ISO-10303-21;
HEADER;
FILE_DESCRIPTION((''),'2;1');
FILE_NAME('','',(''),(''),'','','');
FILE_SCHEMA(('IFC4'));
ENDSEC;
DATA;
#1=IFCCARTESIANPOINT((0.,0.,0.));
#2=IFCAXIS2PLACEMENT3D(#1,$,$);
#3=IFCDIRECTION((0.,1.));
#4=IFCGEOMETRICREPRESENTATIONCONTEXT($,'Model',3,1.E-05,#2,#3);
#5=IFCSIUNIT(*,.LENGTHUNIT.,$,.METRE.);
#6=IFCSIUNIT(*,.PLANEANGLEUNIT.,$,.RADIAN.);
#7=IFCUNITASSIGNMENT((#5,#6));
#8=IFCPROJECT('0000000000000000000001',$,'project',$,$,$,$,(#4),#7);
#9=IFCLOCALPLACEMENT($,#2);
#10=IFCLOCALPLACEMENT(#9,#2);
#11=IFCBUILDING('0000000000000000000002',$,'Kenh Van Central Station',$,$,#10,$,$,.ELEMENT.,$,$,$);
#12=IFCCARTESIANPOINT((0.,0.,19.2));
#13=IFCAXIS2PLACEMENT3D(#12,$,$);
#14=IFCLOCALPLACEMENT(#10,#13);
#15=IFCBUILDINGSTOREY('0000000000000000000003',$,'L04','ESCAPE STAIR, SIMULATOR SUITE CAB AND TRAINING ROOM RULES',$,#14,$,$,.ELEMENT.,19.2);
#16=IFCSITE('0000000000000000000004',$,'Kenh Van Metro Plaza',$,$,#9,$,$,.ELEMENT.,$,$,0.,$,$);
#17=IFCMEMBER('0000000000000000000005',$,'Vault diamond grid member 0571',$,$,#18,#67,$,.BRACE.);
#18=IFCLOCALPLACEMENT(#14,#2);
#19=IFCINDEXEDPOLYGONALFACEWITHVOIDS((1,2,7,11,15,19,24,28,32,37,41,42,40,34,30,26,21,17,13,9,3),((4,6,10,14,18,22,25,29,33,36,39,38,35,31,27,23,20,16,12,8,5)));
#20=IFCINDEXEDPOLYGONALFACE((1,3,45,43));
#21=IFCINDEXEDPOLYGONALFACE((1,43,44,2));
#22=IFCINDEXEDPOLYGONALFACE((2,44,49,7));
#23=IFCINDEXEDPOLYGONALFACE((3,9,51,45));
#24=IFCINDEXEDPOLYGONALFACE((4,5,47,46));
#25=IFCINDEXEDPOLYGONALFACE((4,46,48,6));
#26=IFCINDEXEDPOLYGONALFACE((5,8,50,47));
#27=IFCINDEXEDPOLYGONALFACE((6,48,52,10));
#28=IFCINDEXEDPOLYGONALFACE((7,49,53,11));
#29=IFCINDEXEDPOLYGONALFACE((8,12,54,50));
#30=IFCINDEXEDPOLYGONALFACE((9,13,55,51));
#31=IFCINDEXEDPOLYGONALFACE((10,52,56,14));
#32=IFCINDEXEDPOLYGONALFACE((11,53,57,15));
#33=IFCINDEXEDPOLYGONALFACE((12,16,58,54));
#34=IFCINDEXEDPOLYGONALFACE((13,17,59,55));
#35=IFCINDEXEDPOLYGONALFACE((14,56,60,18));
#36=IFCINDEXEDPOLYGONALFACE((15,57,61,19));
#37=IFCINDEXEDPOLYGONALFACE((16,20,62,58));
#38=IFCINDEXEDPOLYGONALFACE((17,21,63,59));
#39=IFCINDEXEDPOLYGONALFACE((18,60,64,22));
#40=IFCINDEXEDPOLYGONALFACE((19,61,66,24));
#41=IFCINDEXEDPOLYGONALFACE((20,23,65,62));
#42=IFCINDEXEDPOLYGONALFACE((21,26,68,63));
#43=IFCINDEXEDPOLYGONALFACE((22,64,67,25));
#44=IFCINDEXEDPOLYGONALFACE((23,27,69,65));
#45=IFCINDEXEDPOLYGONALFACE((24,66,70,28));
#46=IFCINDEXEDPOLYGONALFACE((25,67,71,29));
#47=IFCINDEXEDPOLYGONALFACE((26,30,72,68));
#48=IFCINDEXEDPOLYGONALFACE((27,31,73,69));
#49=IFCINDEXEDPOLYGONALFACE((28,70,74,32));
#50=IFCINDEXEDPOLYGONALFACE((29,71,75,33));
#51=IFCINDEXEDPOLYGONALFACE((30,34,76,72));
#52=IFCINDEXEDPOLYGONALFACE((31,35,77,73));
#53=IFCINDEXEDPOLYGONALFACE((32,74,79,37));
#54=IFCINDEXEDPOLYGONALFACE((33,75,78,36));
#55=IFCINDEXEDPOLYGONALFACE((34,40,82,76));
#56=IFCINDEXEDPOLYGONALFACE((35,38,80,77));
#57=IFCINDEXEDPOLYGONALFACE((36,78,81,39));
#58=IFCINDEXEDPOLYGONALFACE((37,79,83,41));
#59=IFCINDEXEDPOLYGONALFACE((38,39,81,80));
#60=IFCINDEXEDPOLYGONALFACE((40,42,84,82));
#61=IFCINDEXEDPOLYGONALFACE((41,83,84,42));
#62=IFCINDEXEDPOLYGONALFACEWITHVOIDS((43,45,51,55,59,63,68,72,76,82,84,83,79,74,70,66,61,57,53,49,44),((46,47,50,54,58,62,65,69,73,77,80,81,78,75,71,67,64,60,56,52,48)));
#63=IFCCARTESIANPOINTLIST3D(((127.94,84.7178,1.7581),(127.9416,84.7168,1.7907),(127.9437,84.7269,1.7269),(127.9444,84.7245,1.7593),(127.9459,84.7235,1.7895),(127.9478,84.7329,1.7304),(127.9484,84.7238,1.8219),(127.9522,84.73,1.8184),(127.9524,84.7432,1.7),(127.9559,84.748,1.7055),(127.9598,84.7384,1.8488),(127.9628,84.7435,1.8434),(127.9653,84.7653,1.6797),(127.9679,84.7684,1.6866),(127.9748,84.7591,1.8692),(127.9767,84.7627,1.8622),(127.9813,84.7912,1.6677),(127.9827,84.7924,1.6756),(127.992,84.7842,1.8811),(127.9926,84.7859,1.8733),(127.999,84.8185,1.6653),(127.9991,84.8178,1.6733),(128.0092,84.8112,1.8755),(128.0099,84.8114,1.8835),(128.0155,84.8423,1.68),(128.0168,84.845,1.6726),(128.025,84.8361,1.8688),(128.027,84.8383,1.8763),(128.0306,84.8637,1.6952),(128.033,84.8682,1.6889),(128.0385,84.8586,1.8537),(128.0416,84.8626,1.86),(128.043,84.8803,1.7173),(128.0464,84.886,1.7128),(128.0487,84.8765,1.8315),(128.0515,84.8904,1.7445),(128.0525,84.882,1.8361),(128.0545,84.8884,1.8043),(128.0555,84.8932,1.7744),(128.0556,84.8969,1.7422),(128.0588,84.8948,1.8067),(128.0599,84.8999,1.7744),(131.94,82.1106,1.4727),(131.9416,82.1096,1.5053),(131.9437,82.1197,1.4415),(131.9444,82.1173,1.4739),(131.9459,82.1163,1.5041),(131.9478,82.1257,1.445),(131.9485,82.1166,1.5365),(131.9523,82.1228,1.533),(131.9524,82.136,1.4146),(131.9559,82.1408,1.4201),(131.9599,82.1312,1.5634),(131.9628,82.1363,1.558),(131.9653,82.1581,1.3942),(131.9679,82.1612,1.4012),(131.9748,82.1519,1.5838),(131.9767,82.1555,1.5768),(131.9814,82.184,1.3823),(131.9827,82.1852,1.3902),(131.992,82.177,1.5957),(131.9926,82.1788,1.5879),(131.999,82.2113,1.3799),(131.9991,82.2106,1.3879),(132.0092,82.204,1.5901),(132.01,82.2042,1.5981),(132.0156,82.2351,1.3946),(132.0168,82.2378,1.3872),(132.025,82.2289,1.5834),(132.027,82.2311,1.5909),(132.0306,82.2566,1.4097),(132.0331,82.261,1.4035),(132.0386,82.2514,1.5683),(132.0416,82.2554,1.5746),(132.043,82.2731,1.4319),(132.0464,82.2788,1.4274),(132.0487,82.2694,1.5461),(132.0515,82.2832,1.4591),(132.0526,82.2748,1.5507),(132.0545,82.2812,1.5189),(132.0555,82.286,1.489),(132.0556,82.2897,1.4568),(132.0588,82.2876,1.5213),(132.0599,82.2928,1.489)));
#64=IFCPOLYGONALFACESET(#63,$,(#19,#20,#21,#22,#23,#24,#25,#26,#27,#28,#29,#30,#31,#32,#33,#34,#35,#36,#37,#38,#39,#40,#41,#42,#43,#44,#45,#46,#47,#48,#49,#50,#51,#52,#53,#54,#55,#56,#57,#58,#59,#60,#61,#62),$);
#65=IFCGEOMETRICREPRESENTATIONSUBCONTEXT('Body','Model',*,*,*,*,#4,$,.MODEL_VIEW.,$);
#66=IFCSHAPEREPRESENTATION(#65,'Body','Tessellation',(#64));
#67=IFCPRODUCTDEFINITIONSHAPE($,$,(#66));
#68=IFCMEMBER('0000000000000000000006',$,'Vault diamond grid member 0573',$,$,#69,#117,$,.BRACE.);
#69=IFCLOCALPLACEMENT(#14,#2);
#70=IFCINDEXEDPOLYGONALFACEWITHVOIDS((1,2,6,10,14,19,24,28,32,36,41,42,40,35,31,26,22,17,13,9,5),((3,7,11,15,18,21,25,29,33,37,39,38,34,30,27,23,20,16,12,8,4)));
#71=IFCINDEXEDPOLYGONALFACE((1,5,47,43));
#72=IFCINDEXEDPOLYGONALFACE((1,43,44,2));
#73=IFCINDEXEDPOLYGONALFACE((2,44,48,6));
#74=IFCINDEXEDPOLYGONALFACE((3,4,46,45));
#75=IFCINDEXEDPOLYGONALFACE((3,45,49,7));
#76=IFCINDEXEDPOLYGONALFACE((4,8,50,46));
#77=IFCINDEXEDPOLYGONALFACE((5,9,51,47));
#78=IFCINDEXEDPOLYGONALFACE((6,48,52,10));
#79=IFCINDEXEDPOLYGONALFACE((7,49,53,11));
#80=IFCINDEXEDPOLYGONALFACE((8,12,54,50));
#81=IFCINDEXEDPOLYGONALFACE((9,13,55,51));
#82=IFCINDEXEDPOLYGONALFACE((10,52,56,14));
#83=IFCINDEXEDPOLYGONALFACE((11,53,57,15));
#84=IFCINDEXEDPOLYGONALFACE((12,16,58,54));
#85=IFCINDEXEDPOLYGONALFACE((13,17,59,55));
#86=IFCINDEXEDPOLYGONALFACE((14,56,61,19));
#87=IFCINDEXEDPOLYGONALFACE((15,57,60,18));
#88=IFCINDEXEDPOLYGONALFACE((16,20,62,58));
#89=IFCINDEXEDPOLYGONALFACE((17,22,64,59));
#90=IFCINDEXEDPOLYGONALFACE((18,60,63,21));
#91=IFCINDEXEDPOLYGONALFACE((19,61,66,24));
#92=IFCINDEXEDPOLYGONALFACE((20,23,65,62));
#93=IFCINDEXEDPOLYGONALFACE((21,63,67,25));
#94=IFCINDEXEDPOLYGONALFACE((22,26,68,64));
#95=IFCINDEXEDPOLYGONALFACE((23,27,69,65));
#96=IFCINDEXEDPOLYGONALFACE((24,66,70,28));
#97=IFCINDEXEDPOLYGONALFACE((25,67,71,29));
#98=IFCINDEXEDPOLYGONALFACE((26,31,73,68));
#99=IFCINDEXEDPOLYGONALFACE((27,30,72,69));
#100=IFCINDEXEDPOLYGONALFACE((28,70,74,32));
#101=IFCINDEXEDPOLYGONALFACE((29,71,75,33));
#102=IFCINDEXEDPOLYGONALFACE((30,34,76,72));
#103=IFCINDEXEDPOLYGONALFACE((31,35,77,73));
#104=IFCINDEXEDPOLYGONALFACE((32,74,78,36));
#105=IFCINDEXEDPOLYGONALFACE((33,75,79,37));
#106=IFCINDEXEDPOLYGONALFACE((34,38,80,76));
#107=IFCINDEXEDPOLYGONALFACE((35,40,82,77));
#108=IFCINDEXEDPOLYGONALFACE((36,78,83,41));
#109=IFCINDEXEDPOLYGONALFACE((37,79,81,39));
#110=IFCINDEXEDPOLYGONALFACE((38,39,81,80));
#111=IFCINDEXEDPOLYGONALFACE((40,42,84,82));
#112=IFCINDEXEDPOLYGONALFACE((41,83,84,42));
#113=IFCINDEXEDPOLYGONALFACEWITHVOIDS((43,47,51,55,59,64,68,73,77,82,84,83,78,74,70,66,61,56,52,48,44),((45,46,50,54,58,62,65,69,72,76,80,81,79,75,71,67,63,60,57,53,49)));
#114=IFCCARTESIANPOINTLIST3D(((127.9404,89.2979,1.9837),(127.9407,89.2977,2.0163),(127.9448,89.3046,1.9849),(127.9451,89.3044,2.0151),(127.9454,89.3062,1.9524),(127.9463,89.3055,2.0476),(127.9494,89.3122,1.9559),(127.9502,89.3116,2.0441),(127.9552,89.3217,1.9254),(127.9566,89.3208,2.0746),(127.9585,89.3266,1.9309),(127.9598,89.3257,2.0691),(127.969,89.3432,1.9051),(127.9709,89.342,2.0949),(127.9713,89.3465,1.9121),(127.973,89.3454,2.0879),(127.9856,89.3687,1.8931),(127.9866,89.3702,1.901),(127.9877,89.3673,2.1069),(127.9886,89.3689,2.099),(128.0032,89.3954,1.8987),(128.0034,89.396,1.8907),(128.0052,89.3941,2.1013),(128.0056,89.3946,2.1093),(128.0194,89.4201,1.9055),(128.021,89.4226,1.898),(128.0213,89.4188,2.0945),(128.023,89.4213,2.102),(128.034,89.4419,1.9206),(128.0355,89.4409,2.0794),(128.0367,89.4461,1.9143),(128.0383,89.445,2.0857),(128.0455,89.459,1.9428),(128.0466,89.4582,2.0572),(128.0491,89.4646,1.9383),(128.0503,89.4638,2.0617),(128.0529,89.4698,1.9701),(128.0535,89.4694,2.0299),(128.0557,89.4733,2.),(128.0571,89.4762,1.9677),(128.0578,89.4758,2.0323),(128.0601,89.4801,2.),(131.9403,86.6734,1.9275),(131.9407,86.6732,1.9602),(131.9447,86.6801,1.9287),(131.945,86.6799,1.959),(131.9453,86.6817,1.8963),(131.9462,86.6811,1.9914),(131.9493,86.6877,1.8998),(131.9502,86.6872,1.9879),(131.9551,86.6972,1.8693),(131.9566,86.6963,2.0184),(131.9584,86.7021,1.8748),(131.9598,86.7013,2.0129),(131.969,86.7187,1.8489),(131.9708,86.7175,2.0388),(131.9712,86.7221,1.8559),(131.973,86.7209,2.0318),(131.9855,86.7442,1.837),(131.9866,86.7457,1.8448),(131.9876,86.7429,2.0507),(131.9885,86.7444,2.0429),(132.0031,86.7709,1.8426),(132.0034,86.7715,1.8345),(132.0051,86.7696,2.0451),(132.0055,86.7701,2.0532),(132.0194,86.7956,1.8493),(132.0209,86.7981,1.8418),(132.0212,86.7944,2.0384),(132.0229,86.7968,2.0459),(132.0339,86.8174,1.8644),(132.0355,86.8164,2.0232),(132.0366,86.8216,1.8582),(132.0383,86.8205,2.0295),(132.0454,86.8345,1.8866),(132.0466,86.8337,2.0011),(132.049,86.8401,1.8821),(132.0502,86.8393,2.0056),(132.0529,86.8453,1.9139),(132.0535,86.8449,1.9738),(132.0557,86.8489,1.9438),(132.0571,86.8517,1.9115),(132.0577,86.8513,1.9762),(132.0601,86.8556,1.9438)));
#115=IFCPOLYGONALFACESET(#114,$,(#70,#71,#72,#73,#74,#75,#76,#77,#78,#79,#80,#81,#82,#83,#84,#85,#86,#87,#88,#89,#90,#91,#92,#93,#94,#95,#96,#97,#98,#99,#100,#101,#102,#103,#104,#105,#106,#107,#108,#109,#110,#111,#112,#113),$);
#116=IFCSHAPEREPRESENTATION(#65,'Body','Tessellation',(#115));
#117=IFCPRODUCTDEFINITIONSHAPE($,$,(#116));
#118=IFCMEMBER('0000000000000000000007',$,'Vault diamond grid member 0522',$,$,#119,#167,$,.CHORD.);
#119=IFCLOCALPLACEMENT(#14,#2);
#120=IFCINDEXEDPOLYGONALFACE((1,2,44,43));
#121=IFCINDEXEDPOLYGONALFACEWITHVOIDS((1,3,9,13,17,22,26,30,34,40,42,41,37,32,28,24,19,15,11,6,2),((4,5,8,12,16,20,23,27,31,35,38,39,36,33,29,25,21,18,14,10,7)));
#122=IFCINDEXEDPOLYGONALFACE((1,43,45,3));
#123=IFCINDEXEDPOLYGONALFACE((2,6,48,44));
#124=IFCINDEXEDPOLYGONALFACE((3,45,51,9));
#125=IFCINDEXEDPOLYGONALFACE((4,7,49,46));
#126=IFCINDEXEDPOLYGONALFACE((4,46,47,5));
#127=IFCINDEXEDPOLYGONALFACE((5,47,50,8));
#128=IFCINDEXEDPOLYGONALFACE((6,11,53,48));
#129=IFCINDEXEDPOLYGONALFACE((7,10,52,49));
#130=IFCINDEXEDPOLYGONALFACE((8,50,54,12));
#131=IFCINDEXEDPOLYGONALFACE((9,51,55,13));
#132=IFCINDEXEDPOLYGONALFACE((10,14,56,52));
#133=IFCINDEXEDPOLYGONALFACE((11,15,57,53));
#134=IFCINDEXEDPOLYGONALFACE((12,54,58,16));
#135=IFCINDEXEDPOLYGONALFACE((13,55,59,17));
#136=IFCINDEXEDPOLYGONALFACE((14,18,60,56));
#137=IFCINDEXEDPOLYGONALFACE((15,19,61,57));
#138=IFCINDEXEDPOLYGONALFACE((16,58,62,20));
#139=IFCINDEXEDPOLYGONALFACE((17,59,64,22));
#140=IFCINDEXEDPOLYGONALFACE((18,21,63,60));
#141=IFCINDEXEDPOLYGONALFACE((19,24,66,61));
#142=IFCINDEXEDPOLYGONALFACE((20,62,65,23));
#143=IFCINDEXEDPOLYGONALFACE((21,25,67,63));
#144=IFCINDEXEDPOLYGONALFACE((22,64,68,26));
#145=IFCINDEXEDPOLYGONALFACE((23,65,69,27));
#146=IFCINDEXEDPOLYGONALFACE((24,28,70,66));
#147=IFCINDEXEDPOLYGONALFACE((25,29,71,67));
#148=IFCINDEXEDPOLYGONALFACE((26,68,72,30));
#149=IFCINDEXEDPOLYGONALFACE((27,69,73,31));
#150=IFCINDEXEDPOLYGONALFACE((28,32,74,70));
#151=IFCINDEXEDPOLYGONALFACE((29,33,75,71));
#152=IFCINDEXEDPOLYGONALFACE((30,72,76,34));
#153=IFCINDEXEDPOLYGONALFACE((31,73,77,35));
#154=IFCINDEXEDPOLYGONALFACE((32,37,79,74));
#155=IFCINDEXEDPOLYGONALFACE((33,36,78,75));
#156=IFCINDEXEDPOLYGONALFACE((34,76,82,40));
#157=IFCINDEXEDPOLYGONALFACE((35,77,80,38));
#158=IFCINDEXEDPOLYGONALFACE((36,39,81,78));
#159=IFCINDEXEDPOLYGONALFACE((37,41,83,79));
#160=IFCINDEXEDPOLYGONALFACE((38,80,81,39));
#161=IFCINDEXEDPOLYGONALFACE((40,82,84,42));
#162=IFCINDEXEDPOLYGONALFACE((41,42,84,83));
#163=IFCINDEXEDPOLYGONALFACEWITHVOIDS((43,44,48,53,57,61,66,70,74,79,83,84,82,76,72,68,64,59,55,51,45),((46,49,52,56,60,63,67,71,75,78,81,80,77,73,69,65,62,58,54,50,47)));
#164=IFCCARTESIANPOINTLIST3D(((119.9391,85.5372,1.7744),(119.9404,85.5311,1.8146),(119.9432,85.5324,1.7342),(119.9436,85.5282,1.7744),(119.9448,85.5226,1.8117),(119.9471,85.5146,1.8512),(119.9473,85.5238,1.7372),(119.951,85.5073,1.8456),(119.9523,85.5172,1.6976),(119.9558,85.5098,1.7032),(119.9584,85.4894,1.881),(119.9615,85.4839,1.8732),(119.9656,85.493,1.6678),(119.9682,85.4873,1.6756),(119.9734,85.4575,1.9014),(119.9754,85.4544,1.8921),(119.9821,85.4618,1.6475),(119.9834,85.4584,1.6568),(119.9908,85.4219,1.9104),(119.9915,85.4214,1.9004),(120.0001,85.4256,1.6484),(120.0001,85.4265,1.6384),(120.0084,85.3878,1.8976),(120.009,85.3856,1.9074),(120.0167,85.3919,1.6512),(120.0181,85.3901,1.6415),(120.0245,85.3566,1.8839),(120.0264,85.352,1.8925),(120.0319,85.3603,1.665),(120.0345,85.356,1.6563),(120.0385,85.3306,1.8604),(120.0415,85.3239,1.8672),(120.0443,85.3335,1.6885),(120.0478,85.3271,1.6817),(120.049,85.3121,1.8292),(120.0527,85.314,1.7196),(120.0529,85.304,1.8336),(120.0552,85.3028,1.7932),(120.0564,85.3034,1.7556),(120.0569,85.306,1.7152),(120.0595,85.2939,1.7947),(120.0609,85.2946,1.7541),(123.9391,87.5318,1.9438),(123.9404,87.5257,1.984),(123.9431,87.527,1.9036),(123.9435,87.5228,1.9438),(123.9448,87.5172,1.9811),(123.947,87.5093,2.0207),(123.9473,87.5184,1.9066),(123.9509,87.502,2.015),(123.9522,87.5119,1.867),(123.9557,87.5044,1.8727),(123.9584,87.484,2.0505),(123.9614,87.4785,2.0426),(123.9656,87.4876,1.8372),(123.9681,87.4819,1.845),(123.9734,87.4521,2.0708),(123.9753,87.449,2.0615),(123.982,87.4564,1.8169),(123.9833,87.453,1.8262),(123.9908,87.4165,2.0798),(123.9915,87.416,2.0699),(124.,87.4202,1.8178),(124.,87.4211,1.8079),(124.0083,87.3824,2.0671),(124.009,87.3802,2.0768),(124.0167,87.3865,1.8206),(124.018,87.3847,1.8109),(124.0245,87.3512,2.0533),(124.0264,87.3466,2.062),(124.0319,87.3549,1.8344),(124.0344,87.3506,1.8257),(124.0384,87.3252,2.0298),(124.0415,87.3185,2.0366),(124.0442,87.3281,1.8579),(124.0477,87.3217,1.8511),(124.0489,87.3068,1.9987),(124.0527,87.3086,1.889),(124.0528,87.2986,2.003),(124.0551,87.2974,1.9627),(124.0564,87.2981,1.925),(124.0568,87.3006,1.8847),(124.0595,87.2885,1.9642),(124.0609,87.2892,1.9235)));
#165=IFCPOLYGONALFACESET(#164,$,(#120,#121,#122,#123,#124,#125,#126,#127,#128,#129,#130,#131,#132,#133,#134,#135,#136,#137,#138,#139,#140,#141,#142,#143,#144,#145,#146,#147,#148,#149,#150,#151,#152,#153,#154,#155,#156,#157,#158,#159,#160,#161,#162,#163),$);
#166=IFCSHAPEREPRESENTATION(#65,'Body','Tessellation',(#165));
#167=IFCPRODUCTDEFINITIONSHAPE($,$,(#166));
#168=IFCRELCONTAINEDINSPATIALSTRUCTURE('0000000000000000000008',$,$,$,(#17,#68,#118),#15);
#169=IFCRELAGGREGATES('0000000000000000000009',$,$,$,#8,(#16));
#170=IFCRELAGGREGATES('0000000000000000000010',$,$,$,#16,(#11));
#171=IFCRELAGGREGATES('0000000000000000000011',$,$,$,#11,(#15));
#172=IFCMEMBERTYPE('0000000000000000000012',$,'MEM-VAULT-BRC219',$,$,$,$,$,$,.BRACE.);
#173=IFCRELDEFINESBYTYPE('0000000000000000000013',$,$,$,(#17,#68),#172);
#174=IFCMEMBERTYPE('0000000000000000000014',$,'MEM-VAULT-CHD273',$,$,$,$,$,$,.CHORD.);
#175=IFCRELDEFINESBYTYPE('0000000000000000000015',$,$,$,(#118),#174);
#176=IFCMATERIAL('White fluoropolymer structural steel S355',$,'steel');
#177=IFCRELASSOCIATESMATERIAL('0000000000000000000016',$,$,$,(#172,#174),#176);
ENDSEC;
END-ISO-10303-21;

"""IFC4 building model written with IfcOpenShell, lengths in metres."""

from ifc_helpers import new_model, si_unit, direction, frame, origin, origin_2d, place, context, subcontext, project, spatial, hollow_circle, extrude, material, material_profile, profile_set, type_object, element, save


model = new_model("IFC4")

# Units and contexts
model_context = context("Model", 3, precision=1e-05, world=origin(), true_north=direction((0.0, 1.0)))
body_context = subcontext(model_context, "Body", "Model", "MODEL_VIEW")
ifc_project = project(units=[si_unit("LENGTHUNIT", "METRE"), si_unit("PLANEANGLEUNIT", "RADIAN")], contexts=[model_context])

# Site, building, storey
site_placement = place(None, origin())
site = spatial("IfcSite", under=ifc_project, at=site_placement, Name="Kenh Van Metro Plaza", CompositionType="ELEMENT", RefElevation=0.0)
building_placement = place(site_placement, origin())
building = spatial("IfcBuilding", under=site, at=building_placement, Name="Kenh Van Central Station", CompositionType="ELEMENT")
storey_placement = place(building_placement, frame((0.0, 0.0, 19.2)))
storey = spatial("IfcBuildingStorey", under=building, at=storey_placement, Name="L04", Description="ESCAPE STAIR, SIMULATOR SUITE CAB AND TRAINING ROOM RULES", CompositionType="ELEMENT", Elevation=19.2)

# Shared definitions
ifc_material_1 = material(Name="White fluoropolymer structural steel S355", Category="steel")

# Members
ifc_material_profile_1 = material_profile(ifc_material_1, hollow_circle(Radius=0.1096, WallThickness=0.0081, at=origin_2d()), Name="CHS 219.1x8")
ifc_profile_set_1 = profile_set([ifc_material_profile_1], Name="White fluoropolymer structural steel S355")
member_type_1 = type_object("IfcMemberType", Name="MEM-VAULT-BRC219", PredefinedType="BRACE", material=ifc_profile_set_1)
member_1_placement = place(storey_placement, frame((128.0, 84.8081, 1.7744), z_axis=(0.836263, -0.545072, -0.059667), x_axis=(0.546045, 0.837756, 0.0)))
element("IfcMember", 1, at=member_1_placement, inside=storey, type_object=member_type_1, Name="Vault diamond grid member 0571", PredefinedType="BRACE", context=body_context, shape_type="SweptSolid", body=[
    extrude(hollow_circle(Radius=0.1096, WallThickness=0.0081, at=origin_2d()), origin(), (0.0, 0.0, 1.0), 4.7832),
])
member_2_placement = place(storey_placement, frame((128.0, 89.3884, 2.0), z_axis=(0.836037, -0.548547, -0.011736), x_axis=(0.548585, 0.836095, 0.0)))
element("IfcMember", 2, at=member_2_placement, inside=storey, type_object=member_type_1, Name="Vault diamond grid member 0573", PredefinedType="BRACE", context=body_context, shape_type="SweptSolid", body=[
    extrude(hollow_circle(Radius=0.1096, WallThickness=0.0081, at=origin_2d()), origin(), (0.0, 0.0, 1.0), 4.7844),
])
ifc_material_profile_2 = material_profile(ifc_material_1, hollow_circle(Radius=0.1365, WallThickness=0.01, at=origin_2d()), Name="CHS 273x10")
ifc_profile_set_2 = profile_set([ifc_material_profile_2], Name="White fluoropolymer structural steel S355")
member_type_2 = type_object("IfcMemberType", Name="MEM-VAULT-CHD273", PredefinedType="CHORD", material=ifc_profile_set_2)
member_3_placement = place(storey_placement, frame((120.0, 85.415, 1.7744), z_axis=(0.894265, 0.445932, 0.03788), x_axis=(-0.446252, 0.894907, 0.0)))
element("IfcMember", 3, at=member_3_placement, inside=storey, type_object=member_type_2, Name="Vault diamond grid member 0522", PredefinedType="CHORD", context=body_context, shape_type="SweptSolid", body=[
    extrude(hollow_circle(Radius=0.1365, WallThickness=0.01, at=origin_2d()), origin(), (0.0, 0.0, 1.0), 4.4729),
])

save(model, "model.ifc")
